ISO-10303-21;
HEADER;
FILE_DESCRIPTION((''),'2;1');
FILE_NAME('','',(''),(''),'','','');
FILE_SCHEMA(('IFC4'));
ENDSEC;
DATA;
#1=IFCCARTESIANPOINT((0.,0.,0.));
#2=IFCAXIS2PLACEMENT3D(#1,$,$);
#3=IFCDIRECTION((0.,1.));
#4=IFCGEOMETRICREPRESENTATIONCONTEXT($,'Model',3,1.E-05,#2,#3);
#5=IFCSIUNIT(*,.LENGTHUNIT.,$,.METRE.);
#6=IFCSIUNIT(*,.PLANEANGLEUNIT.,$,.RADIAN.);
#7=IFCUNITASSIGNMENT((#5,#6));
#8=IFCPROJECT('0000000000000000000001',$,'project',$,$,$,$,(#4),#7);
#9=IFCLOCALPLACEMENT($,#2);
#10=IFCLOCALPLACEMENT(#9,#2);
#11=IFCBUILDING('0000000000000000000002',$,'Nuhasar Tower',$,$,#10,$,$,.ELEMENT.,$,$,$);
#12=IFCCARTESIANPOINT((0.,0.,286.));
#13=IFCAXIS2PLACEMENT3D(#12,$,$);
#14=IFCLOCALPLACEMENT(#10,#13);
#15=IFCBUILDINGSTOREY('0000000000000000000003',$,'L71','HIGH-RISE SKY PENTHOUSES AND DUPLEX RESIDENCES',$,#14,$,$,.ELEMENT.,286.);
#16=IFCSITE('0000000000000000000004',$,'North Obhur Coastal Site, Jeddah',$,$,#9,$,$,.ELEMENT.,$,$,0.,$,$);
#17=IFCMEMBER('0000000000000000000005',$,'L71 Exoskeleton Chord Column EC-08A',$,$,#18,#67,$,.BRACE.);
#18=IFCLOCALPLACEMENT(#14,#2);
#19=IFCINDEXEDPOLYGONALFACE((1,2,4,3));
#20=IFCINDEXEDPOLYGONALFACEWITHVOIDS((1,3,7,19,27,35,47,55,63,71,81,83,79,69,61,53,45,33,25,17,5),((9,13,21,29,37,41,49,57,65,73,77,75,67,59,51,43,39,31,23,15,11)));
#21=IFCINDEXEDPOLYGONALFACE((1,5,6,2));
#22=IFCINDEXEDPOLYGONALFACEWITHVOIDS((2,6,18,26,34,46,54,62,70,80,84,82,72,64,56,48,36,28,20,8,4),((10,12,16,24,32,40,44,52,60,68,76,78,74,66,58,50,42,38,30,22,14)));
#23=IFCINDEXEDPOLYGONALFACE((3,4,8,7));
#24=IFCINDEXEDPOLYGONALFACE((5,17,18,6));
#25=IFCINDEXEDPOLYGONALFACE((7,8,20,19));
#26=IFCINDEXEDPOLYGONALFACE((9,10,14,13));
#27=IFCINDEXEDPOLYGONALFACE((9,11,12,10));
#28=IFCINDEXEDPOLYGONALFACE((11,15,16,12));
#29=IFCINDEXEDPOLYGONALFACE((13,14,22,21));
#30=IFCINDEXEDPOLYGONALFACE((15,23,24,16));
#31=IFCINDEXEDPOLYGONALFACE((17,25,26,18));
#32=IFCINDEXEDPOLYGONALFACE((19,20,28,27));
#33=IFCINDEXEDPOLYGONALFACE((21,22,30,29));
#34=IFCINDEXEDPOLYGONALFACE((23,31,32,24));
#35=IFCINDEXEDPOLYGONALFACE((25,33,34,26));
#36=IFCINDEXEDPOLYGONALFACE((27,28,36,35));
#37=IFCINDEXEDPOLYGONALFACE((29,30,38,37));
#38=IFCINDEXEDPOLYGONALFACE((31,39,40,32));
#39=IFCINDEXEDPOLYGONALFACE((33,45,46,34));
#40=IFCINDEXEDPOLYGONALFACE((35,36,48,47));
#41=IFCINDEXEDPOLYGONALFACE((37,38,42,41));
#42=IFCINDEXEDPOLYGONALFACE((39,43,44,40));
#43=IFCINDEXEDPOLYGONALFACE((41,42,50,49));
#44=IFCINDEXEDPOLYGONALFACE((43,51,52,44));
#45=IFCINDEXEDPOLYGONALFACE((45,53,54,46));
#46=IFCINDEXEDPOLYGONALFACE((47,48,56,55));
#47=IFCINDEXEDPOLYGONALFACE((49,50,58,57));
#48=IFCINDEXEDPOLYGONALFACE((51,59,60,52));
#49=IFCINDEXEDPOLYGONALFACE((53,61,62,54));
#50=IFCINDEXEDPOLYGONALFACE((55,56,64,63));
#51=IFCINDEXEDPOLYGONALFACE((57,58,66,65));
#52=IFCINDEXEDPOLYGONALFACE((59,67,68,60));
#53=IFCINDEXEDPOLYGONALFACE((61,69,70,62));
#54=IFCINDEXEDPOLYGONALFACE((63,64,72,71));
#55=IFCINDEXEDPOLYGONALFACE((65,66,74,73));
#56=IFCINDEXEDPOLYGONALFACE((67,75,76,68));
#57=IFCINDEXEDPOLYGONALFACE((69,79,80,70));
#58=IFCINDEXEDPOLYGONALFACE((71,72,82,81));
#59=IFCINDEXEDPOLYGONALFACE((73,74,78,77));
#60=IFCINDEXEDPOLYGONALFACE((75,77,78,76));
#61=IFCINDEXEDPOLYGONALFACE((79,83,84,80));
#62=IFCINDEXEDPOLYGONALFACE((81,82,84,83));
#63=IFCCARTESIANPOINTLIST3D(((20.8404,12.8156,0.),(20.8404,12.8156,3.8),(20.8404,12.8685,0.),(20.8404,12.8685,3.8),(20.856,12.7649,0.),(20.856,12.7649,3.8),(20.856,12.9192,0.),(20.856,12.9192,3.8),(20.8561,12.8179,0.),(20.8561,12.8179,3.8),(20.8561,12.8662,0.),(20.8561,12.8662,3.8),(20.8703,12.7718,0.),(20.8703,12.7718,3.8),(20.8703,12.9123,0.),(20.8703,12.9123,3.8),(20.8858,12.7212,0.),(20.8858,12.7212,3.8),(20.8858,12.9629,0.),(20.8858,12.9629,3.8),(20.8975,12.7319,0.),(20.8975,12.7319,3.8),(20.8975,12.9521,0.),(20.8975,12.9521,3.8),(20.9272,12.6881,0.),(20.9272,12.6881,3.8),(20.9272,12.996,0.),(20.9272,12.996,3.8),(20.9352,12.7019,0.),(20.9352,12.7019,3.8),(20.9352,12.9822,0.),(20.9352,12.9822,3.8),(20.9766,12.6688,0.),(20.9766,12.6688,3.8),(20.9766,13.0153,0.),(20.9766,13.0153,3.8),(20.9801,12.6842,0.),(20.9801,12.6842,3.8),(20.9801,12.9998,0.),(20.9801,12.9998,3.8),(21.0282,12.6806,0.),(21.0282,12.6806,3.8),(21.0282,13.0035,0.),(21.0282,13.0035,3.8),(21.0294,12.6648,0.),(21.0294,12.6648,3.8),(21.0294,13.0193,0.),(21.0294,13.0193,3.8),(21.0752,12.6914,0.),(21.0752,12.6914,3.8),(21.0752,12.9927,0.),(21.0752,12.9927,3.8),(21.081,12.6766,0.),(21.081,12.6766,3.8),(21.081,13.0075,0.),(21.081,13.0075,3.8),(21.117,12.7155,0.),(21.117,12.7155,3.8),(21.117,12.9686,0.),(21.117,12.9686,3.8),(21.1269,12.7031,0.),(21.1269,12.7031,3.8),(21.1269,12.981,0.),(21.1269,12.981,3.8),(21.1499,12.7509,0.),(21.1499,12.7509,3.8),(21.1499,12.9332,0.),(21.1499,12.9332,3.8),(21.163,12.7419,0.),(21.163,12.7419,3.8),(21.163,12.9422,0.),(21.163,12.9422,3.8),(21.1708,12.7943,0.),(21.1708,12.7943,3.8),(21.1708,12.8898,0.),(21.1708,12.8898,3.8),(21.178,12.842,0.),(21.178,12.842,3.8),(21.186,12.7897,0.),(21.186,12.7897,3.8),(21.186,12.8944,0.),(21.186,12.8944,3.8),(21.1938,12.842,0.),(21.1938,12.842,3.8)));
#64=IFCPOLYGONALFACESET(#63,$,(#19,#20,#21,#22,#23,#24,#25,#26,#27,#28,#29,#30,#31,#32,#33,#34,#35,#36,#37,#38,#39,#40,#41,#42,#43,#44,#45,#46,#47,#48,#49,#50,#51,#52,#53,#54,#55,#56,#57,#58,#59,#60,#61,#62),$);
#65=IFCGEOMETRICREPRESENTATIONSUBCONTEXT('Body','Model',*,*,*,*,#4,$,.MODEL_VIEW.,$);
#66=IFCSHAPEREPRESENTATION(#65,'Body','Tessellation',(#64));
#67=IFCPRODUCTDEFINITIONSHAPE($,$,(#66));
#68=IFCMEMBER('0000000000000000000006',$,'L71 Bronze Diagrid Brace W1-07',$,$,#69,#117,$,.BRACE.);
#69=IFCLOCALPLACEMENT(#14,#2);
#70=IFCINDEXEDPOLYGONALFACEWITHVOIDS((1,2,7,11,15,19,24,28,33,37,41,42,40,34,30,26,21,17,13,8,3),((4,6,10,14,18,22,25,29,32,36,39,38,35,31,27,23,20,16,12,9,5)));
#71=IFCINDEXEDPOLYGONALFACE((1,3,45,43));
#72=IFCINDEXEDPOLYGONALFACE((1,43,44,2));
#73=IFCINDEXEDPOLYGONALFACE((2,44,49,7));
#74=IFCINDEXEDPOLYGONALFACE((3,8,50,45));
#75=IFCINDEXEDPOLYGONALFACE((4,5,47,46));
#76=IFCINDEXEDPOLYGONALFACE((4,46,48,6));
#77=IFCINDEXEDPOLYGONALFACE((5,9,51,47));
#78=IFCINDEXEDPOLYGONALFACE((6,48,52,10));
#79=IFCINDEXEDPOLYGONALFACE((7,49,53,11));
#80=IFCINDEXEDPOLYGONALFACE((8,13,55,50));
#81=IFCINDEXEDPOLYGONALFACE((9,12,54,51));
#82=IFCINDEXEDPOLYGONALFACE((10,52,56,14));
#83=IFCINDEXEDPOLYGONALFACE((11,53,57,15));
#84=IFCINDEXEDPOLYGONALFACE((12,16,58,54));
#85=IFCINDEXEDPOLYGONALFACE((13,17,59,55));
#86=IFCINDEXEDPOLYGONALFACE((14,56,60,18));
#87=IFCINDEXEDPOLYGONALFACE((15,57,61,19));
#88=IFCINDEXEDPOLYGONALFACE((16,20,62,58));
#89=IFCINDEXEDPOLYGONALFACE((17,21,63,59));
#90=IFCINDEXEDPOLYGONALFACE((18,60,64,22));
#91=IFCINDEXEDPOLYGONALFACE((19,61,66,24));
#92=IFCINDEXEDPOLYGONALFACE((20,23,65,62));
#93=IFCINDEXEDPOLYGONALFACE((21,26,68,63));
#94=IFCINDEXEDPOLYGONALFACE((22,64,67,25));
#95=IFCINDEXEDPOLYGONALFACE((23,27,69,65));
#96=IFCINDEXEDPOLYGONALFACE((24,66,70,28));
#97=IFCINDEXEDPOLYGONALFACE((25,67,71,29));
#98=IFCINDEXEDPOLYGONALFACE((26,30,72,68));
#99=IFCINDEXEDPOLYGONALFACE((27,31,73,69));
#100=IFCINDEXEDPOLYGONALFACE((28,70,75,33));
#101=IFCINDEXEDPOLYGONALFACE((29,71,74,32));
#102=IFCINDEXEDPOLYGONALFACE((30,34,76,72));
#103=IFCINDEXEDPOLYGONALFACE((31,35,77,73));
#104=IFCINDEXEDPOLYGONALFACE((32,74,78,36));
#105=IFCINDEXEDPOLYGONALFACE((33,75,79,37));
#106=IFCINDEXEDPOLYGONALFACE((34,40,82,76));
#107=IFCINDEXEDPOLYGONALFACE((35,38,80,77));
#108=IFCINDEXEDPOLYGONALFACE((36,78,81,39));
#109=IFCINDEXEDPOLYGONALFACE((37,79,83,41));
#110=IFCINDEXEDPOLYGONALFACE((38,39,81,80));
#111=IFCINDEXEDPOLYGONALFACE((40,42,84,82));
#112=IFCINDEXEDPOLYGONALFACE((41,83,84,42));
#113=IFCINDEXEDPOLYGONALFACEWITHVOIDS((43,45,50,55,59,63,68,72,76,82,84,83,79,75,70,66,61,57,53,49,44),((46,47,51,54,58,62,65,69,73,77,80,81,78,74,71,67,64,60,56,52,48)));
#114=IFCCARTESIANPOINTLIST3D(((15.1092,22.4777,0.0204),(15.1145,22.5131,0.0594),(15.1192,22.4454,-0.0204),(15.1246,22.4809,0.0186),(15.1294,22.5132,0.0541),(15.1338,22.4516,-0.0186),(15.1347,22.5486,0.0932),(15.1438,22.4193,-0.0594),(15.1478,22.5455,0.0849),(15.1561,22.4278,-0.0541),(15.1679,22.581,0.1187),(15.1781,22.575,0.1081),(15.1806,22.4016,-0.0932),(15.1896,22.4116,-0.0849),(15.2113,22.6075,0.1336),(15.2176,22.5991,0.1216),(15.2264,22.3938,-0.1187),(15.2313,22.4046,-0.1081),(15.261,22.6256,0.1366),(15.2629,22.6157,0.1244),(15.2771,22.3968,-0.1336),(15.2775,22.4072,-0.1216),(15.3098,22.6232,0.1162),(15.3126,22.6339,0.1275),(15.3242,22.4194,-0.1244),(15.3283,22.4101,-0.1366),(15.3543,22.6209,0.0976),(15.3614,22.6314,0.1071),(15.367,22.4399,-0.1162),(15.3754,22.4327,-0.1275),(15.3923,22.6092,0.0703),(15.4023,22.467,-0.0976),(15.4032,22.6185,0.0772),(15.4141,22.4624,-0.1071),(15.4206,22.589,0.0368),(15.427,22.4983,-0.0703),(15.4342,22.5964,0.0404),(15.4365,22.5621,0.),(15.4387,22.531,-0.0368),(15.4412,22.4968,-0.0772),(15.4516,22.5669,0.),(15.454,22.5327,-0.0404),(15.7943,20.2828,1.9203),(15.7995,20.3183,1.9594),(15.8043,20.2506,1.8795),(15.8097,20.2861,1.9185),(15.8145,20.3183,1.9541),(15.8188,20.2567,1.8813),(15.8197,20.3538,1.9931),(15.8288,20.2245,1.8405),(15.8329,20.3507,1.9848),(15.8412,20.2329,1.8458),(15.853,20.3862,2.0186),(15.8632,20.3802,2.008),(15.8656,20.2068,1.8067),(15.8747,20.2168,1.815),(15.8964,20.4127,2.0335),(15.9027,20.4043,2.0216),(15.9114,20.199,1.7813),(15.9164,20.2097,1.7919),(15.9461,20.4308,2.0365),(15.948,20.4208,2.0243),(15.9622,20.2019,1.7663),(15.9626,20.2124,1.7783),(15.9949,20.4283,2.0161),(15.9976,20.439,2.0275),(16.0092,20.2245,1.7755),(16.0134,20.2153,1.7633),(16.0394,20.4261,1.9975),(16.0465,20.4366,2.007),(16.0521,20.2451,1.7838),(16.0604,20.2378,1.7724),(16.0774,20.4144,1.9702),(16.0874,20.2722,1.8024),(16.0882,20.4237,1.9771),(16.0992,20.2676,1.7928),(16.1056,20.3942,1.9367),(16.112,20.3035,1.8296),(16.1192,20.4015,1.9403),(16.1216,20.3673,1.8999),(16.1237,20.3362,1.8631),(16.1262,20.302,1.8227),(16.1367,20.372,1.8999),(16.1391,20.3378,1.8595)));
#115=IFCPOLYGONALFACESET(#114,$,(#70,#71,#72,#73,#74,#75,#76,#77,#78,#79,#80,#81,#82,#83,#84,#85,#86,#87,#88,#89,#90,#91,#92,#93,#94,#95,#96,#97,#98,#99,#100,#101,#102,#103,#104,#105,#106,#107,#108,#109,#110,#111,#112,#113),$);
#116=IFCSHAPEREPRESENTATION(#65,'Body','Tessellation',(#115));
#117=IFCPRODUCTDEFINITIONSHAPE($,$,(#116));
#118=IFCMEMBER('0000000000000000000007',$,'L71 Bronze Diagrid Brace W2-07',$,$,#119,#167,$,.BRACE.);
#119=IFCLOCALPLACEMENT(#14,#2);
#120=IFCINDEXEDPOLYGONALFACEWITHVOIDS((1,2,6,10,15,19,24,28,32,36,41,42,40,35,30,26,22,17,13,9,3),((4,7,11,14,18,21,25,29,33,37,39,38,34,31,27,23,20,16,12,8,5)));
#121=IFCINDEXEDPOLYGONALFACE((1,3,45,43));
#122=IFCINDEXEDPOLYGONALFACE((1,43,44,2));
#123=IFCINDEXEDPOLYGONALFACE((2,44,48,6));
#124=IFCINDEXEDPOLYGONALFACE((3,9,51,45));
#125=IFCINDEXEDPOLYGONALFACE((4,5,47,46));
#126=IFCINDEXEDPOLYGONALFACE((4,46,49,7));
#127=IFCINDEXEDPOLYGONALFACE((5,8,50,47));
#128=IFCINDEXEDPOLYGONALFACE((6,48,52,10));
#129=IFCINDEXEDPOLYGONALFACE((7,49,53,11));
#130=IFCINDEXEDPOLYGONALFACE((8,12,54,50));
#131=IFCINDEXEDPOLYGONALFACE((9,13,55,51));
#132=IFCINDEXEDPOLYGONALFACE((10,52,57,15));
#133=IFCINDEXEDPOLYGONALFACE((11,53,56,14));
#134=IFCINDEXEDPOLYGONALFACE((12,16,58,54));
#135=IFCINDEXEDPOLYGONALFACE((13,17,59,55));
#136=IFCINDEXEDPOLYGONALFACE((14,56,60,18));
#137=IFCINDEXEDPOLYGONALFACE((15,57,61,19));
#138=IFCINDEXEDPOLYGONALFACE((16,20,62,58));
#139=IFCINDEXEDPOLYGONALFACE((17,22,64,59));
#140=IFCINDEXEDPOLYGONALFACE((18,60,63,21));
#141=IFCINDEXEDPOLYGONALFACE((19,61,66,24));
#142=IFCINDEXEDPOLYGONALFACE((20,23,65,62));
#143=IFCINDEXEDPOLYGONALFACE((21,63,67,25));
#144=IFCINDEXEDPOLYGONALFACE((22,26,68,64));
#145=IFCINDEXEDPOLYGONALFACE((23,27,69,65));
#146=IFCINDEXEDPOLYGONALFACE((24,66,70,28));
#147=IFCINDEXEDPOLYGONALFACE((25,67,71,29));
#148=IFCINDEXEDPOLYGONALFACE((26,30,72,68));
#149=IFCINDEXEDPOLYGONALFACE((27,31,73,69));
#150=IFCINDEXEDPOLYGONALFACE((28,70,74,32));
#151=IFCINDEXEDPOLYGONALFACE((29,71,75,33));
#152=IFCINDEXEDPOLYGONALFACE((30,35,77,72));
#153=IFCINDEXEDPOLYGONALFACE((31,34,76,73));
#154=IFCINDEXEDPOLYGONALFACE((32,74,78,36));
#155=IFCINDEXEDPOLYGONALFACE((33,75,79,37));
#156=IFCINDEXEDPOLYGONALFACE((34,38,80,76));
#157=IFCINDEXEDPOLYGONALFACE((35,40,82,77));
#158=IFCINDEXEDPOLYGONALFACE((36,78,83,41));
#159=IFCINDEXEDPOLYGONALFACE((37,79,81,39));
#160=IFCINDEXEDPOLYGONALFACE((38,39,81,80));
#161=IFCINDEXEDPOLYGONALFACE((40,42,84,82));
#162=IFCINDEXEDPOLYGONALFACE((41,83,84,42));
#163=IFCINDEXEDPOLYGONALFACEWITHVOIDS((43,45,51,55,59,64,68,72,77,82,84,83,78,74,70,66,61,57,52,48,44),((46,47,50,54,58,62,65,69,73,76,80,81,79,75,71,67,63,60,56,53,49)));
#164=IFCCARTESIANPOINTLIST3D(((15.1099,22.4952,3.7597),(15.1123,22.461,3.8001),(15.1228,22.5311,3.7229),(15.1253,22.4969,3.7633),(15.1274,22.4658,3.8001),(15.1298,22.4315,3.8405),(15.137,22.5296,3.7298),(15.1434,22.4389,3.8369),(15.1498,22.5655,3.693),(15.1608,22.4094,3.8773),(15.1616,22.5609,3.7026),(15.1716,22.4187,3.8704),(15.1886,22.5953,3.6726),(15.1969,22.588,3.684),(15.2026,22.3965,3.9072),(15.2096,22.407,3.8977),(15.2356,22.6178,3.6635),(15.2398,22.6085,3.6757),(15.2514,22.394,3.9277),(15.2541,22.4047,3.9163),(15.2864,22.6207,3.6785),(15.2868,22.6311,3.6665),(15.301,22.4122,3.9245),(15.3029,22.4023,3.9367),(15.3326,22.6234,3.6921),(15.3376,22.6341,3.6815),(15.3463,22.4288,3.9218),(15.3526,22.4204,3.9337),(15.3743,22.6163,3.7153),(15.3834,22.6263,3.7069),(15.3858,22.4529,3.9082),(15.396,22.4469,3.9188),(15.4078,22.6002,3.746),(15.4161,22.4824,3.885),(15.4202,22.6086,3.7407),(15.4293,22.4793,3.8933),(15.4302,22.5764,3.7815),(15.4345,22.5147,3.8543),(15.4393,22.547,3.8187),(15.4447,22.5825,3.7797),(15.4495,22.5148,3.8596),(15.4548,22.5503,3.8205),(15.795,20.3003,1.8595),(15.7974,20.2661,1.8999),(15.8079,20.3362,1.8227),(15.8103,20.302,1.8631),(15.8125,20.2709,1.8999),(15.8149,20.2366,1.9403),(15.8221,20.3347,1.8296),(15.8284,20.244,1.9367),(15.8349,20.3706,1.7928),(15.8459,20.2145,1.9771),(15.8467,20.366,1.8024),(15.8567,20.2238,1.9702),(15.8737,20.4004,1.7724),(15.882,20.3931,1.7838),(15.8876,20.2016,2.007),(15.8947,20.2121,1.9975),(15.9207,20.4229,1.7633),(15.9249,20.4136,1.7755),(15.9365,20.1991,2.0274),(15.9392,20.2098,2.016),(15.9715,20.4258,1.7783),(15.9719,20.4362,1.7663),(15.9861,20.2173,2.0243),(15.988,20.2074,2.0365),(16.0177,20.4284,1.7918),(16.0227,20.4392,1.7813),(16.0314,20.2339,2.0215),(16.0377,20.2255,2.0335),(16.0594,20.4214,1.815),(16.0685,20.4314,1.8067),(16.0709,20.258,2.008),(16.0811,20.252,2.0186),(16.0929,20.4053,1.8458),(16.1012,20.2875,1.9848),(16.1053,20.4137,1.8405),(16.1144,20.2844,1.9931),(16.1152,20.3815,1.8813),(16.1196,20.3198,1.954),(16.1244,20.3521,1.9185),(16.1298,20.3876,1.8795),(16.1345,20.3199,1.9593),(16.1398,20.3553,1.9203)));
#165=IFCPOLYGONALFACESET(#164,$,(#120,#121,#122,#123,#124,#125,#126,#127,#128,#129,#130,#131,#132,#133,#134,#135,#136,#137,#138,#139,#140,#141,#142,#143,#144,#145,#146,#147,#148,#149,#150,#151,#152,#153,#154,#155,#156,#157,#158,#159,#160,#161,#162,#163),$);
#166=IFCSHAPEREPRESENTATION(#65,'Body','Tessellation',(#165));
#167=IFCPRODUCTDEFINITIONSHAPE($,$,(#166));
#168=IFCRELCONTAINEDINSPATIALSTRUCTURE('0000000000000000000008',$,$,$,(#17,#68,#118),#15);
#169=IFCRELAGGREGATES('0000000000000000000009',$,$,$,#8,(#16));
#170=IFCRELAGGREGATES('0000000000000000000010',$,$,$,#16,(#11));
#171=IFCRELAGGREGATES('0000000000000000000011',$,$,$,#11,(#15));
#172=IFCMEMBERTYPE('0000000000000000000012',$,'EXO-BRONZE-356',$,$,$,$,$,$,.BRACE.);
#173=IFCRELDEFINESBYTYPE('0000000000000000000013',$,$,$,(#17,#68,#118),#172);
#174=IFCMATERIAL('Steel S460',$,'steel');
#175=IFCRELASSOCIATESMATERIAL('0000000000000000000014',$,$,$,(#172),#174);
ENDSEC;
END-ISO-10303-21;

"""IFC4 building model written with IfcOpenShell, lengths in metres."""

from ifc_helpers import new_model, si_unit, direction, frame, origin, origin_2d, place, context, subcontext, project, spatial, hollow_circle, extrude, material, material_profile, profile_set, type_object, element, save


model = new_model("IFC4")

# Units and contexts
model_context = context("Model", 3, precision=1e-05, world=origin(), true_north=direction((0.0, 1.0)))
body_context = subcontext(model_context, "Body", "Model", "MODEL_VIEW")
ifc_project = project(units=[si_unit("LENGTHUNIT", "METRE"), si_unit("PLANEANGLEUNIT", "RADIAN")], contexts=[model_context])

# Site, building, storey
site_placement = place(None, origin())
site = spatial("IfcSite", under=ifc_project, at=site_placement, Name="North Obhur Coastal Site, Jeddah", CompositionType="ELEMENT", RefElevation=0.0)
building_placement = place(site_placement, origin())
building = spatial("IfcBuilding", under=site, at=building_placement, Name="Nuhasar Tower", CompositionType="ELEMENT")
storey_placement = place(building_placement, frame((0.0, 0.0, 286.0)))
storey = spatial("IfcBuildingStorey", under=building, at=storey_placement, Name="L71", Description="HIGH-RISE SKY PENTHOUSES AND DUPLEX RESIDENCES", CompositionType="ELEMENT", Elevation=286.0)

# Members
ifc_material_1 = material(Name="Steel S460", Category="steel")
ifc_material_profile_1 = material_profile(ifc_material_1, hollow_circle(Radius=0.1777, WallThickness=0.0159, at=origin_2d()), Name="HSS355.6X15.9")
ifc_profile_set_1 = profile_set([ifc_material_profile_1], Name="Steel S460")
member_type_1 = type_object("IfcMemberType", Name="EXO-BRONZE-356", PredefinedType="BRACE", material=ifc_profile_set_1)
for number, where, z_axis, x_axis, name in (
    (1, (21.0161, 12.842, 0.0), (0.0, 0.0, 1.0), (1.0, 0.0, 0.0), "L71 Exoskeleton Chord Column EC-08A"),
):
    element("IfcMember", number, at=place(storey_placement, frame(where, z_axis=z_axis, x_axis=x_axis)), inside=storey, type_object=member_type_1, Name=name, PredefinedType="BRACE", context=body_context, shape_type="SweptSolid", body=[
        extrude(hollow_circle(Radius=0.1777, WallThickness=0.0159, at=origin_2d()), origin(), (0.0, 0.0, 1.0), 3.8),
    ])
member_1_placement = place(storey_placement, frame((15.282, 22.5139, 0.0), z_axis=(0.229681, -0.735864, 0.636985), x_axis=(0.954582, 0.297948, 0.0)))
element("IfcMember", 2, at=member_1_placement, inside=storey, type_object=member_type_1, Name="L71 Bronze Diagrid Brace W1-07", PredefinedType="BRACE", context=body_context, shape_type="SweptSolid", body=[
    extrude(hollow_circle(Radius=0.1777, WallThickness=0.0159, at=origin_2d()), origin(), (0.0, 0.0, 1.0), 2.9827),
])
for number, where, z_axis, x_axis, name in (
    (3, (15.967, 20.3191, 1.8999), (-0.229669, 0.735826, 0.637034), (-0.954582, -0.297948, 0.0), "L71 Bronze Diagrid Brace W2-07"),
):
    element("IfcMember", number, at=place(storey_placement, frame(where, z_axis=z_axis, x_axis=x_axis)), inside=storey, type_object=member_type_1, Name=name, PredefinedType="BRACE", context=body_context, shape_type="SweptSolid", body=[
        extrude(hollow_circle(Radius=0.1777, WallThickness=0.0159, at=origin_2d()), origin(), (0.0, 0.0, 1.0), 2.9829),
    ])

save(model, "model.ifc")
